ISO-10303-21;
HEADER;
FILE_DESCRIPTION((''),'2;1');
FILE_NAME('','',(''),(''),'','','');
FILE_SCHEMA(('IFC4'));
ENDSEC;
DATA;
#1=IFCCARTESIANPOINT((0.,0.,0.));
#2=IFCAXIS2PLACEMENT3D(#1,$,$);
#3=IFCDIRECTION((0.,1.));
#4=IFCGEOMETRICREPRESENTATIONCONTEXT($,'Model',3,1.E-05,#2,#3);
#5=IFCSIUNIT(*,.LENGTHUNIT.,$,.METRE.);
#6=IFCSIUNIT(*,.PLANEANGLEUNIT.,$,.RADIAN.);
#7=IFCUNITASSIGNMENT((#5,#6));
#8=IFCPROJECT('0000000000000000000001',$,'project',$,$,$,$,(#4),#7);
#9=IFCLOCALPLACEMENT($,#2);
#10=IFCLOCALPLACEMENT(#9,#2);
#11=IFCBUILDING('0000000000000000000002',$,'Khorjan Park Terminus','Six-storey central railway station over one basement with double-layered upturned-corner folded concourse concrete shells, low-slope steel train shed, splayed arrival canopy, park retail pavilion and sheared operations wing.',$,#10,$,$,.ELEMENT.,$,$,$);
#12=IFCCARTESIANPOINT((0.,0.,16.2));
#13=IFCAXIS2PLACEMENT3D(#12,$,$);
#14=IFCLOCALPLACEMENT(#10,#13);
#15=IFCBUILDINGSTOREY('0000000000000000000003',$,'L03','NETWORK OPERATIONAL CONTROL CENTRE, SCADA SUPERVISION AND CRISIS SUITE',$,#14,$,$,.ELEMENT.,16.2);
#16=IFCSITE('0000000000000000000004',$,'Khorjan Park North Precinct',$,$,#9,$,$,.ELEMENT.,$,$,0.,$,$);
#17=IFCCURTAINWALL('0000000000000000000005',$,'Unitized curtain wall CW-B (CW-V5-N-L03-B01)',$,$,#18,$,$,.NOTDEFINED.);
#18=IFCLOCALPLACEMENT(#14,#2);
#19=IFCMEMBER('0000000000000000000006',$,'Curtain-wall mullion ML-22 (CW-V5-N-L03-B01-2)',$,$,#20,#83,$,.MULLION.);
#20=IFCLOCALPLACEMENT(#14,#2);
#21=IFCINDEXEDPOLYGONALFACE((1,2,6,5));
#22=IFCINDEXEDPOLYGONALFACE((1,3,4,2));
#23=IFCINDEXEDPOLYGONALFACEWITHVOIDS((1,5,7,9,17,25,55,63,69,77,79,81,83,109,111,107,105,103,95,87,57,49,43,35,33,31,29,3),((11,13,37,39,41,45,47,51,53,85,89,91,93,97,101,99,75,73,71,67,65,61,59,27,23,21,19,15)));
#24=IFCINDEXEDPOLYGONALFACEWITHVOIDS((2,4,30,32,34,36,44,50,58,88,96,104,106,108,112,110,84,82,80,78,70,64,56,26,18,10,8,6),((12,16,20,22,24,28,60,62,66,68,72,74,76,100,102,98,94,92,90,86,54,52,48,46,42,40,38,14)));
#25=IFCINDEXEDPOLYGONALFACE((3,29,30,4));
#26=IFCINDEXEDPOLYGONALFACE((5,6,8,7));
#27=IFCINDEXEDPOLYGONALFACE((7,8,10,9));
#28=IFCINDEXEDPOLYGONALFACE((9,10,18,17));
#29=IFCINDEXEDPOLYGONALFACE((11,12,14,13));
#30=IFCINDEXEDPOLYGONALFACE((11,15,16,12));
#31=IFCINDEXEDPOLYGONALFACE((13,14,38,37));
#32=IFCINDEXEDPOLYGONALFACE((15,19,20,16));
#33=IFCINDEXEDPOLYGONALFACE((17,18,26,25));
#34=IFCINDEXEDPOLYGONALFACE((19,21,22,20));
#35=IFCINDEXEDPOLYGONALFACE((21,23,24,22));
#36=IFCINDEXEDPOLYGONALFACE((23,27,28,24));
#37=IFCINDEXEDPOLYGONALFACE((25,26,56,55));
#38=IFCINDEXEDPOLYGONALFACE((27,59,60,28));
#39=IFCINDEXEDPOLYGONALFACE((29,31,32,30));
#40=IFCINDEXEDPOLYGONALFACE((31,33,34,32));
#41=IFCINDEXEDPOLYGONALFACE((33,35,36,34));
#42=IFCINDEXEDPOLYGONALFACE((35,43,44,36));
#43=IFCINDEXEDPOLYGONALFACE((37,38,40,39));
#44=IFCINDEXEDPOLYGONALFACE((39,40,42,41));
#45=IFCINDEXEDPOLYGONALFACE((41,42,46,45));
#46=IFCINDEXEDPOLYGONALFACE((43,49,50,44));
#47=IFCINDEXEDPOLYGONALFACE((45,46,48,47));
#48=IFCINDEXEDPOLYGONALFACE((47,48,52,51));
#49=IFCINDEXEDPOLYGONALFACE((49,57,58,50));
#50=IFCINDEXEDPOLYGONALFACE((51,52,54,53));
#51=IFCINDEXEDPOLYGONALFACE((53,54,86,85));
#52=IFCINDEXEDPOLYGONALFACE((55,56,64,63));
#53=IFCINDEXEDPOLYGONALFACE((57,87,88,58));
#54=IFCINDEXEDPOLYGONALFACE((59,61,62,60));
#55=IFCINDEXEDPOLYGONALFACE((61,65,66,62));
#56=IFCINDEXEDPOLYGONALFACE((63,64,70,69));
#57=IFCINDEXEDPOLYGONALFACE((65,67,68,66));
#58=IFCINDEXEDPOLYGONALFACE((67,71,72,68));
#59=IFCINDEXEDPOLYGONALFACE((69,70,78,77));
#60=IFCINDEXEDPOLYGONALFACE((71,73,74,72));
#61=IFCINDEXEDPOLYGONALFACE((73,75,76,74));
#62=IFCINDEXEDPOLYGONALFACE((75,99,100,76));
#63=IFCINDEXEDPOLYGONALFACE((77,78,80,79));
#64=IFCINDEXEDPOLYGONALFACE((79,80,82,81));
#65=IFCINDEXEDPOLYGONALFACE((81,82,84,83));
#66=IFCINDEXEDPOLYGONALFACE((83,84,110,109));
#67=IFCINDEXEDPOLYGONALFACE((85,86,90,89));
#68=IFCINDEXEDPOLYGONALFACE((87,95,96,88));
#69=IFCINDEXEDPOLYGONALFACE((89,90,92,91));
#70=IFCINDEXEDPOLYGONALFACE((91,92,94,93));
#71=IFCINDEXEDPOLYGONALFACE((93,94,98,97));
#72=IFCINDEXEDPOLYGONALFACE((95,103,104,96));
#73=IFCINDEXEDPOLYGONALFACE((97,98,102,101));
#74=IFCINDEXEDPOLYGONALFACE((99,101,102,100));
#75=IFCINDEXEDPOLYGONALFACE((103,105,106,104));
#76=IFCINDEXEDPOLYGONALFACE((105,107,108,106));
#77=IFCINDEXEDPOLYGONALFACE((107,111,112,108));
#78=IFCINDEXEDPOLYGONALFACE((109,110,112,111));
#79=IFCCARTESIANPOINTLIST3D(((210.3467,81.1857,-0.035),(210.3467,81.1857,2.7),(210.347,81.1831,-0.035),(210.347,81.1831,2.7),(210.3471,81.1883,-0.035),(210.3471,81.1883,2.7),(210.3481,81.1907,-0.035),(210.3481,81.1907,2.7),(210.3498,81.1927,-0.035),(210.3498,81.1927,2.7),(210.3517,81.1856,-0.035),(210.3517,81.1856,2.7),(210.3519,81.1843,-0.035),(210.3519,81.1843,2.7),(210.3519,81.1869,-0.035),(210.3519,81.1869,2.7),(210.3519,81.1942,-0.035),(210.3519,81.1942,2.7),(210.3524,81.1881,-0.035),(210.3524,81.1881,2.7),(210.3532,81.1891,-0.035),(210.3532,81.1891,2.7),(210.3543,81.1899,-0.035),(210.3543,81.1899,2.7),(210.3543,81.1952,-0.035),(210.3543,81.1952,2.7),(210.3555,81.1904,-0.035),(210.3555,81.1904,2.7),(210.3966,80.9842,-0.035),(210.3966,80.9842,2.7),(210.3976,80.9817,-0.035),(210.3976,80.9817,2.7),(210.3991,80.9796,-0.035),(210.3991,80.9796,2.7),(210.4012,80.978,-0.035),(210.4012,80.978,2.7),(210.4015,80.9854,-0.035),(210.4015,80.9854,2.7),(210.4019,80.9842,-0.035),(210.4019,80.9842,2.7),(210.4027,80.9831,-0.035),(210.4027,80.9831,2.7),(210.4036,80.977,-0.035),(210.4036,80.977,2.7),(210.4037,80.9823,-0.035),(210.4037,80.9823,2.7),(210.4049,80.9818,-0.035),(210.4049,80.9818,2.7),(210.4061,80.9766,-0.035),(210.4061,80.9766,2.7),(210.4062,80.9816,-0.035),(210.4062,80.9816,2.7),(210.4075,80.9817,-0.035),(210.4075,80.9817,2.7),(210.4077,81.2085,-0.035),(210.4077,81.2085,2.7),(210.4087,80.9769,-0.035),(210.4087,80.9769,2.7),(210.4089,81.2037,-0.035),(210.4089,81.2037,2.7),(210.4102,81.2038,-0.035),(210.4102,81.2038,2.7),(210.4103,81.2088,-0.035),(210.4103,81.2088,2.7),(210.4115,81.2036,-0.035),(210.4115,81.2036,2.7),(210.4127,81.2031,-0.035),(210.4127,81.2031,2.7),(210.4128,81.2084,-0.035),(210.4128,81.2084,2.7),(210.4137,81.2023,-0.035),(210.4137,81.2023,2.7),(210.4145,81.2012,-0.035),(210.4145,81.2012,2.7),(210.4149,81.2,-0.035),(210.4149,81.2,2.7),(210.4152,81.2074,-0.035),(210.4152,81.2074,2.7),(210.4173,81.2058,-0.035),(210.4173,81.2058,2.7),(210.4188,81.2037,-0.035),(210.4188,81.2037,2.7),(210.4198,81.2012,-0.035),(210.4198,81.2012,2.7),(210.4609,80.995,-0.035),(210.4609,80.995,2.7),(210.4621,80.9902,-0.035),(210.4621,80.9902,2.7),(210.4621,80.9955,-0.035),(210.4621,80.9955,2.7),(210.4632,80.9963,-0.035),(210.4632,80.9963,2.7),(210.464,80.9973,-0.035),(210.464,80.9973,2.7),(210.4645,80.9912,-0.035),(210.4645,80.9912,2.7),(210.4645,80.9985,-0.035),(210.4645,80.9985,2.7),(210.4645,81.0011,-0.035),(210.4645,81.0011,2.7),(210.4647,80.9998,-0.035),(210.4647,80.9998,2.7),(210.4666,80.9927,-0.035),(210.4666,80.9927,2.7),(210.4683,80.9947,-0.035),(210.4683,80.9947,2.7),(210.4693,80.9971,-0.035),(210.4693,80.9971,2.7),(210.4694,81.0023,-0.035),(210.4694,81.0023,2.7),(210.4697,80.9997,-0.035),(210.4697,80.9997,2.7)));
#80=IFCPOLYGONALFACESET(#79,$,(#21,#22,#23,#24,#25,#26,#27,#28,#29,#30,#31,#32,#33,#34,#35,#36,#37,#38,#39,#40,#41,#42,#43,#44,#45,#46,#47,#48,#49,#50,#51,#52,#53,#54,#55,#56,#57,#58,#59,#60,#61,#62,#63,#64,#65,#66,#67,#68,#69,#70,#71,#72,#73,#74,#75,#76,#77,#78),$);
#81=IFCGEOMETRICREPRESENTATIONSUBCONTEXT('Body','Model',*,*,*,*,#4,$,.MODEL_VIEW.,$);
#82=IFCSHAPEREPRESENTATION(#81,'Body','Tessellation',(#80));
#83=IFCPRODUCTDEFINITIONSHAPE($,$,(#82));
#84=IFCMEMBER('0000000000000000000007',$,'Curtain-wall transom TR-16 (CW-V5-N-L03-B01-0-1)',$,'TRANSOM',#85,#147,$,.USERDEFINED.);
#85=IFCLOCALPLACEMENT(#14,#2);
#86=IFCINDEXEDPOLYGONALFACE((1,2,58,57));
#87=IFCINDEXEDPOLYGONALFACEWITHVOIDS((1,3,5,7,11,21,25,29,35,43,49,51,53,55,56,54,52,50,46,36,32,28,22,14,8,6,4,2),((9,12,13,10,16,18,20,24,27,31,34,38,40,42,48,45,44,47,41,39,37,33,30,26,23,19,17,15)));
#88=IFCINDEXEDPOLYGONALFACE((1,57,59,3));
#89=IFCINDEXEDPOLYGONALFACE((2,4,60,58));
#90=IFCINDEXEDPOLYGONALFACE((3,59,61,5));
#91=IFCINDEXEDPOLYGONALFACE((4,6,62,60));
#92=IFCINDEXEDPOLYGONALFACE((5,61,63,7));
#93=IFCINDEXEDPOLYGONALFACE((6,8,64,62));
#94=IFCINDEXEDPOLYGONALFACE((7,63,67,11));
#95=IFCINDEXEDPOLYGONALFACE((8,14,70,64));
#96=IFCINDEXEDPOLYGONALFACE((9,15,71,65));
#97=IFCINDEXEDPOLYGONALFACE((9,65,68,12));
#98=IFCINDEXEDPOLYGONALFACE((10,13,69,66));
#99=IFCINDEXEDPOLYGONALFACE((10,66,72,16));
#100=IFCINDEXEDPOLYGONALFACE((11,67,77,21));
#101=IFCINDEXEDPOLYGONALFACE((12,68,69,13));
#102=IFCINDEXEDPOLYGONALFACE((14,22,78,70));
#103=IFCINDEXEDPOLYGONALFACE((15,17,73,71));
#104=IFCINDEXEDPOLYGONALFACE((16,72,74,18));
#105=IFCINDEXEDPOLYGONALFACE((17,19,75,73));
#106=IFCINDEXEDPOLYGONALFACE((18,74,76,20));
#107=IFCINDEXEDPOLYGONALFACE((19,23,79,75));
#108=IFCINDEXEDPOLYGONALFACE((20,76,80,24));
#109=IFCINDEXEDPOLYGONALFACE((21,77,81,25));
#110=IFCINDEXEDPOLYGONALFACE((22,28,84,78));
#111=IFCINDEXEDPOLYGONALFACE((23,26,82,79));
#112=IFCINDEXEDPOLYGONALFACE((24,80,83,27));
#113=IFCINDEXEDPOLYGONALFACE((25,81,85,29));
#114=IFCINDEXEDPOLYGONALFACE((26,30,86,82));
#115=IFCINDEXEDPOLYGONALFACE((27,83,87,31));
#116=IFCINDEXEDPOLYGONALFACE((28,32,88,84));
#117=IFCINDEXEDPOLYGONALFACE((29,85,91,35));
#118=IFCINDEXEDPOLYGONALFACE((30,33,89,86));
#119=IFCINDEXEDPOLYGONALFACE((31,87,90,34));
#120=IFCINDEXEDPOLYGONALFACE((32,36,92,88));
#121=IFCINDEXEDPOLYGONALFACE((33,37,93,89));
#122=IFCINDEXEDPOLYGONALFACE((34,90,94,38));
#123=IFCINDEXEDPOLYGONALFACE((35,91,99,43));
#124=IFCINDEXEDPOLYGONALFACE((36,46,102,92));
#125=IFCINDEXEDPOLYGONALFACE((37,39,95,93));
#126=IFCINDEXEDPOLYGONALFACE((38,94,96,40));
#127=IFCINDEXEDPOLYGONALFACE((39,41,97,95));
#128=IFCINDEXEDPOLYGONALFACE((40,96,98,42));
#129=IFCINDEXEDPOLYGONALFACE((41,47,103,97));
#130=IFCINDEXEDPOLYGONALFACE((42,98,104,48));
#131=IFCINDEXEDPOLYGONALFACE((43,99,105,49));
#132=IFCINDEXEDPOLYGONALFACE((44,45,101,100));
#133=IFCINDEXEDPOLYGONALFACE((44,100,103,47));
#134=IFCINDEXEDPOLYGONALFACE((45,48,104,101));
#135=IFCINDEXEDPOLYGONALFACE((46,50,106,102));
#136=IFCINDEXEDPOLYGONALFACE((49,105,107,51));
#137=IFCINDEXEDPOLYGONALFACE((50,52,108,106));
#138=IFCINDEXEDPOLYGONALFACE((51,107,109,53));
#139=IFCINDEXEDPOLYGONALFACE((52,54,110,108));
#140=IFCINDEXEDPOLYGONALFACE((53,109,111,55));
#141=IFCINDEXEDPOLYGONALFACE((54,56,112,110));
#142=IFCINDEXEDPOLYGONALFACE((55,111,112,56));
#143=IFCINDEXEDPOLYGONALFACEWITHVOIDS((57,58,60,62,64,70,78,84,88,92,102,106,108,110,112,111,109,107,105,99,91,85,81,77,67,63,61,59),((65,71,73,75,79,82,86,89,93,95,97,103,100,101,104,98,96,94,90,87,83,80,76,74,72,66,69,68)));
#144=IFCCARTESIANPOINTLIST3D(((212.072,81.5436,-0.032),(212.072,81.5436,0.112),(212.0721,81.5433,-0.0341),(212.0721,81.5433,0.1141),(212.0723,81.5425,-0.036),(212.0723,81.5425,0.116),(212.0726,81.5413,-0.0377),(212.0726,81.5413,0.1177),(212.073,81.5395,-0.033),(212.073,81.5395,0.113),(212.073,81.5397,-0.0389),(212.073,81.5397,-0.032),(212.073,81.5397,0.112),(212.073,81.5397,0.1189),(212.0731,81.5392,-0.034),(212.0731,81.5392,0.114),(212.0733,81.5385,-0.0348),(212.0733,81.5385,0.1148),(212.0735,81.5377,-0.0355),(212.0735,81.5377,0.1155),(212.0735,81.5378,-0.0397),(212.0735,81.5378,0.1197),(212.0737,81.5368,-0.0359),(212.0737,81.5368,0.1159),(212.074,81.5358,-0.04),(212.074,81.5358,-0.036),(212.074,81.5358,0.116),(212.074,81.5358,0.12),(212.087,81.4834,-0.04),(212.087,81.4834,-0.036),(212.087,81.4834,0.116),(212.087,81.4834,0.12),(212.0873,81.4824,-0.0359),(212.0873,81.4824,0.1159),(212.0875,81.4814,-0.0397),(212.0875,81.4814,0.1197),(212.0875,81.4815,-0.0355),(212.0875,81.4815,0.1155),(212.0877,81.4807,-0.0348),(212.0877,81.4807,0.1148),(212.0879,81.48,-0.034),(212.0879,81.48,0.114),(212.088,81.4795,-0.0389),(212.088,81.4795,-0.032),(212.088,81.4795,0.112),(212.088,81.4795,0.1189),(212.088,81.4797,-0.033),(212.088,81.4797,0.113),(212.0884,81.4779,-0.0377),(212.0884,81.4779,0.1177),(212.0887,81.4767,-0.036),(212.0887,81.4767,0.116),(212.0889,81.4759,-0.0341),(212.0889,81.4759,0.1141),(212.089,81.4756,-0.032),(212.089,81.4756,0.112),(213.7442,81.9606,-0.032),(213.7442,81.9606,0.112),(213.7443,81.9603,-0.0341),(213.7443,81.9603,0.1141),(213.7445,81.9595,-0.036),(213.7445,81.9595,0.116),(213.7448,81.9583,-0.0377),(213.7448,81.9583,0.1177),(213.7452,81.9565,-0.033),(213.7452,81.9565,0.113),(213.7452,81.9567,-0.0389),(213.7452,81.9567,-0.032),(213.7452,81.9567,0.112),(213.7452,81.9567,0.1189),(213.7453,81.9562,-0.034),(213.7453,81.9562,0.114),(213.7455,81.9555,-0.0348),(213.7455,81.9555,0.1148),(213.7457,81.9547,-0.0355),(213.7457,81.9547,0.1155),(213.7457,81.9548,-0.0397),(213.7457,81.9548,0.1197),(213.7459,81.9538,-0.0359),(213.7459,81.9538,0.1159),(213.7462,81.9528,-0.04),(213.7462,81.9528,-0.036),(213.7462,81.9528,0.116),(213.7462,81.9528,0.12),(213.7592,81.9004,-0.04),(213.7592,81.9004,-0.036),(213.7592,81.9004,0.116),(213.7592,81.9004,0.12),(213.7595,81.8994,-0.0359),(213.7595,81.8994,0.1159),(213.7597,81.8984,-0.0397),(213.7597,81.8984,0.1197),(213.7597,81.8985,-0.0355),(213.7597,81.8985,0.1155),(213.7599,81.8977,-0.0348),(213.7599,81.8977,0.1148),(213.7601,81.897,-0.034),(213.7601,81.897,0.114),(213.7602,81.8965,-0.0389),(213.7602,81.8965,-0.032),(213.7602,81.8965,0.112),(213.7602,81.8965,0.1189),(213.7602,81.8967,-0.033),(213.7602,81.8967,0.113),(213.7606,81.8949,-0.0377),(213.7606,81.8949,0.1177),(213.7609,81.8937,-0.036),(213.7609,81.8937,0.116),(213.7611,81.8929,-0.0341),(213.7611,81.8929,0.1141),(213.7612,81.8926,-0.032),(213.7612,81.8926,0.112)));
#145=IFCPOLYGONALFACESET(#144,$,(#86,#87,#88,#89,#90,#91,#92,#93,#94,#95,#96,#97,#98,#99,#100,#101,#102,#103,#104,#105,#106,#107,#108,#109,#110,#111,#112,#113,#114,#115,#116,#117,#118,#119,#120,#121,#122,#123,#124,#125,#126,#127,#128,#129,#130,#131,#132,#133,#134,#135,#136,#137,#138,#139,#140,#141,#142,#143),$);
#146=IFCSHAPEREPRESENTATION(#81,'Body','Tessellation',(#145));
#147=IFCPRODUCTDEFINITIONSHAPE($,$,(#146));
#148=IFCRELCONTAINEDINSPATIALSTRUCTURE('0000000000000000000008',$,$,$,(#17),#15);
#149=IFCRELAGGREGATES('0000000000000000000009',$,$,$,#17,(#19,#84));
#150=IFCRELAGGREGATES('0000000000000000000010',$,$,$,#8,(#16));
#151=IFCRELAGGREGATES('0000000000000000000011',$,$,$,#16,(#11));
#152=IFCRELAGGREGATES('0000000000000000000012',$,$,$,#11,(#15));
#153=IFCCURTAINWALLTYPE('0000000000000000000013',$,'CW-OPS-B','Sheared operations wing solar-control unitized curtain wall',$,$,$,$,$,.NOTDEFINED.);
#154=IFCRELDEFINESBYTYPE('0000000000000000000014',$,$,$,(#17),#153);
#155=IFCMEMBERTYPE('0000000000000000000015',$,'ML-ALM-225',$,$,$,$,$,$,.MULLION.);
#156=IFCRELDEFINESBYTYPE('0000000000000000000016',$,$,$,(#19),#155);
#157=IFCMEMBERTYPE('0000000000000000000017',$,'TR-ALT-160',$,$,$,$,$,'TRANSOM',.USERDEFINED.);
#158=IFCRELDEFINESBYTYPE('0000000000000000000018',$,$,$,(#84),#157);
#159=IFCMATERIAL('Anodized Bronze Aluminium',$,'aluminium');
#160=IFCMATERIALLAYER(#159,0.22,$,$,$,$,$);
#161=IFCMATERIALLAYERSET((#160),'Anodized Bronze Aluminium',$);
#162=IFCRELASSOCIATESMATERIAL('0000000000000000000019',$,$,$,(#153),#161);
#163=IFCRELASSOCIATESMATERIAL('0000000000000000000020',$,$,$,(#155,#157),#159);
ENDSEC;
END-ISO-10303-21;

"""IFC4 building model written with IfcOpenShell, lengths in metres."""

from ifc_helpers import new_model, si_unit, direction, frame, origin, origin_2d, place, context, subcontext, project, spatial, hollow_rectangle, extrude, material, layer, layer_set, material_profile, profile_set, type_object, element, aggregate, save


model = new_model("IFC4")

# Units and contexts
model_context = context("Model", 3, precision=1e-05, world=origin(), true_north=direction((0.0, 1.0)))
body_context = subcontext(model_context, "Body", "Model", "MODEL_VIEW")
ifc_project = project(units=[si_unit("LENGTHUNIT", "METRE"), si_unit("PLANEANGLEUNIT", "RADIAN")], contexts=[model_context])

# Site, building, storey
site_placement = place(None, origin())
site = spatial("IfcSite", under=ifc_project, at=site_placement, Name="Khorjan Park North Precinct", CompositionType="ELEMENT", RefElevation=0.0)
building_placement = place(site_placement, origin())
building = spatial("IfcBuilding", under=site, at=building_placement, Name="Khorjan Park Terminus", Description="Six-storey central railway station over one basement with double-layered upturned-corner folded concourse concrete shells, low-slope steel train shed, splayed arrival canopy, park retail pavilion and sheared operations wing.", CompositionType="ELEMENT")
storey_placement = place(building_placement, frame((0.0, 0.0, 16.2)))
storey = spatial("IfcBuildingStorey", under=building, at=storey_placement, Name="L03", Description="NETWORK OPERATIONAL CONTROL CENTRE, SCADA SUPERVISION AND CRISIS SUITE", CompositionType="ELEMENT", Elevation=16.2)

# Curtain wall, members
ifc_material_1 = material(Name="Anodized Bronze Aluminium", Category="aluminium")
ifc_layer_1 = layer(ifc_material_1, 0.22)
ifc_layer_set_1 = layer_set([ifc_layer_1], Name="Anodized Bronze Aluminium")
curtain_wall_type = type_object("IfcCurtainWallType", Name="CW-OPS-B", Description="Sheared operations wing solar-control unitized curtain wall", PredefinedType="NOTDEFINED", material=ifc_layer_set_1)
curtain_wall_placement = place(storey_placement, origin())
curtain_wall = element("IfcCurtainWall", 1, at=curtain_wall_placement, inside=storey, type_object=curtain_wall_type, Name="Unitized curtain wall CW-B (CW-V5-N-L03-B01)", PredefinedType="NOTDEFINED")
ifc_material_profile_1 = material_profile(ifc_material_1, hollow_rectangle(XDim=0.075, YDim=0.225, WallThickness=0.005, InnerFilletRadius=0.005, OuterFilletRadius=0.01, at=origin_2d()), Name="ALM 75x225x5")
ifc_profile_set_1 = profile_set([ifc_material_profile_1], Name="Anodized Bronze Aluminium")
member_type_1 = type_object("IfcMemberType", Name="ML-ALM-225", PredefinedType="MULLION", material=ifc_profile_set_1)
member_1_placement = place(storey_placement, frame((210.4082, 81.0927, -0.035), z_axis=(0.0, 0.0, 1.0), x_axis=(-0.970294, -0.241928, 0.0)))
member_1 = element("IfcMember", 2, at=member_1_placement, type_object=member_type_1, Name="Curtain-wall mullion ML-22 (CW-V5-N-L03-B01-2)", PredefinedType="MULLION", context=body_context, shape_type="SweptSolid", body=[
    extrude(hollow_rectangle(XDim=0.075, YDim=0.225, WallThickness=0.005, InnerFilletRadius=0.005, OuterFilletRadius=0.01, at=origin_2d()), origin(), (0.0, 0.0, 1.0), 2.735),
])
ifc_material_profile_2 = material_profile(ifc_material_1, hollow_rectangle(XDim=0.07, YDim=0.16, WallThickness=0.004, InnerFilletRadius=0.004, OuterFilletRadius=0.008, at=origin_2d()), Name="ALT 70x160x4")
ifc_profile_set_2 = profile_set([ifc_material_profile_2], Name="Anodized Bronze Aluminium")
member_type_2 = type_object("IfcMemberType", Name="TR-ALT-160", ElementType="TRANSOM", PredefinedType="USERDEFINED", material=ifc_profile_set_2)
member_2_placement = place(storey_placement, frame((213.7527, 81.9266, 0.04), z_axis=(-0.970286, -0.241962, 0.0), x_axis=(0.241962, -0.970286, 0.0)))
member_2 = element("IfcMember", 3, at=member_2_placement, type_object=member_type_2, Name="Curtain-wall transom TR-16 (CW-V5-N-L03-B01-0-1)", ObjectType="TRANSOM", PredefinedType="USERDEFINED", context=body_context, shape_type="SweptSolid", body=[
    extrude(hollow_rectangle(XDim=0.07, YDim=0.16, WallThickness=0.004, InnerFilletRadius=0.004, OuterFilletRadius=0.008, at=origin_2d()), origin(), (0.0, 0.0, 1.0), 1.7234),
])
aggregate(curtain_wall, [member_1, member_2])

save(model, "model.ifc")
